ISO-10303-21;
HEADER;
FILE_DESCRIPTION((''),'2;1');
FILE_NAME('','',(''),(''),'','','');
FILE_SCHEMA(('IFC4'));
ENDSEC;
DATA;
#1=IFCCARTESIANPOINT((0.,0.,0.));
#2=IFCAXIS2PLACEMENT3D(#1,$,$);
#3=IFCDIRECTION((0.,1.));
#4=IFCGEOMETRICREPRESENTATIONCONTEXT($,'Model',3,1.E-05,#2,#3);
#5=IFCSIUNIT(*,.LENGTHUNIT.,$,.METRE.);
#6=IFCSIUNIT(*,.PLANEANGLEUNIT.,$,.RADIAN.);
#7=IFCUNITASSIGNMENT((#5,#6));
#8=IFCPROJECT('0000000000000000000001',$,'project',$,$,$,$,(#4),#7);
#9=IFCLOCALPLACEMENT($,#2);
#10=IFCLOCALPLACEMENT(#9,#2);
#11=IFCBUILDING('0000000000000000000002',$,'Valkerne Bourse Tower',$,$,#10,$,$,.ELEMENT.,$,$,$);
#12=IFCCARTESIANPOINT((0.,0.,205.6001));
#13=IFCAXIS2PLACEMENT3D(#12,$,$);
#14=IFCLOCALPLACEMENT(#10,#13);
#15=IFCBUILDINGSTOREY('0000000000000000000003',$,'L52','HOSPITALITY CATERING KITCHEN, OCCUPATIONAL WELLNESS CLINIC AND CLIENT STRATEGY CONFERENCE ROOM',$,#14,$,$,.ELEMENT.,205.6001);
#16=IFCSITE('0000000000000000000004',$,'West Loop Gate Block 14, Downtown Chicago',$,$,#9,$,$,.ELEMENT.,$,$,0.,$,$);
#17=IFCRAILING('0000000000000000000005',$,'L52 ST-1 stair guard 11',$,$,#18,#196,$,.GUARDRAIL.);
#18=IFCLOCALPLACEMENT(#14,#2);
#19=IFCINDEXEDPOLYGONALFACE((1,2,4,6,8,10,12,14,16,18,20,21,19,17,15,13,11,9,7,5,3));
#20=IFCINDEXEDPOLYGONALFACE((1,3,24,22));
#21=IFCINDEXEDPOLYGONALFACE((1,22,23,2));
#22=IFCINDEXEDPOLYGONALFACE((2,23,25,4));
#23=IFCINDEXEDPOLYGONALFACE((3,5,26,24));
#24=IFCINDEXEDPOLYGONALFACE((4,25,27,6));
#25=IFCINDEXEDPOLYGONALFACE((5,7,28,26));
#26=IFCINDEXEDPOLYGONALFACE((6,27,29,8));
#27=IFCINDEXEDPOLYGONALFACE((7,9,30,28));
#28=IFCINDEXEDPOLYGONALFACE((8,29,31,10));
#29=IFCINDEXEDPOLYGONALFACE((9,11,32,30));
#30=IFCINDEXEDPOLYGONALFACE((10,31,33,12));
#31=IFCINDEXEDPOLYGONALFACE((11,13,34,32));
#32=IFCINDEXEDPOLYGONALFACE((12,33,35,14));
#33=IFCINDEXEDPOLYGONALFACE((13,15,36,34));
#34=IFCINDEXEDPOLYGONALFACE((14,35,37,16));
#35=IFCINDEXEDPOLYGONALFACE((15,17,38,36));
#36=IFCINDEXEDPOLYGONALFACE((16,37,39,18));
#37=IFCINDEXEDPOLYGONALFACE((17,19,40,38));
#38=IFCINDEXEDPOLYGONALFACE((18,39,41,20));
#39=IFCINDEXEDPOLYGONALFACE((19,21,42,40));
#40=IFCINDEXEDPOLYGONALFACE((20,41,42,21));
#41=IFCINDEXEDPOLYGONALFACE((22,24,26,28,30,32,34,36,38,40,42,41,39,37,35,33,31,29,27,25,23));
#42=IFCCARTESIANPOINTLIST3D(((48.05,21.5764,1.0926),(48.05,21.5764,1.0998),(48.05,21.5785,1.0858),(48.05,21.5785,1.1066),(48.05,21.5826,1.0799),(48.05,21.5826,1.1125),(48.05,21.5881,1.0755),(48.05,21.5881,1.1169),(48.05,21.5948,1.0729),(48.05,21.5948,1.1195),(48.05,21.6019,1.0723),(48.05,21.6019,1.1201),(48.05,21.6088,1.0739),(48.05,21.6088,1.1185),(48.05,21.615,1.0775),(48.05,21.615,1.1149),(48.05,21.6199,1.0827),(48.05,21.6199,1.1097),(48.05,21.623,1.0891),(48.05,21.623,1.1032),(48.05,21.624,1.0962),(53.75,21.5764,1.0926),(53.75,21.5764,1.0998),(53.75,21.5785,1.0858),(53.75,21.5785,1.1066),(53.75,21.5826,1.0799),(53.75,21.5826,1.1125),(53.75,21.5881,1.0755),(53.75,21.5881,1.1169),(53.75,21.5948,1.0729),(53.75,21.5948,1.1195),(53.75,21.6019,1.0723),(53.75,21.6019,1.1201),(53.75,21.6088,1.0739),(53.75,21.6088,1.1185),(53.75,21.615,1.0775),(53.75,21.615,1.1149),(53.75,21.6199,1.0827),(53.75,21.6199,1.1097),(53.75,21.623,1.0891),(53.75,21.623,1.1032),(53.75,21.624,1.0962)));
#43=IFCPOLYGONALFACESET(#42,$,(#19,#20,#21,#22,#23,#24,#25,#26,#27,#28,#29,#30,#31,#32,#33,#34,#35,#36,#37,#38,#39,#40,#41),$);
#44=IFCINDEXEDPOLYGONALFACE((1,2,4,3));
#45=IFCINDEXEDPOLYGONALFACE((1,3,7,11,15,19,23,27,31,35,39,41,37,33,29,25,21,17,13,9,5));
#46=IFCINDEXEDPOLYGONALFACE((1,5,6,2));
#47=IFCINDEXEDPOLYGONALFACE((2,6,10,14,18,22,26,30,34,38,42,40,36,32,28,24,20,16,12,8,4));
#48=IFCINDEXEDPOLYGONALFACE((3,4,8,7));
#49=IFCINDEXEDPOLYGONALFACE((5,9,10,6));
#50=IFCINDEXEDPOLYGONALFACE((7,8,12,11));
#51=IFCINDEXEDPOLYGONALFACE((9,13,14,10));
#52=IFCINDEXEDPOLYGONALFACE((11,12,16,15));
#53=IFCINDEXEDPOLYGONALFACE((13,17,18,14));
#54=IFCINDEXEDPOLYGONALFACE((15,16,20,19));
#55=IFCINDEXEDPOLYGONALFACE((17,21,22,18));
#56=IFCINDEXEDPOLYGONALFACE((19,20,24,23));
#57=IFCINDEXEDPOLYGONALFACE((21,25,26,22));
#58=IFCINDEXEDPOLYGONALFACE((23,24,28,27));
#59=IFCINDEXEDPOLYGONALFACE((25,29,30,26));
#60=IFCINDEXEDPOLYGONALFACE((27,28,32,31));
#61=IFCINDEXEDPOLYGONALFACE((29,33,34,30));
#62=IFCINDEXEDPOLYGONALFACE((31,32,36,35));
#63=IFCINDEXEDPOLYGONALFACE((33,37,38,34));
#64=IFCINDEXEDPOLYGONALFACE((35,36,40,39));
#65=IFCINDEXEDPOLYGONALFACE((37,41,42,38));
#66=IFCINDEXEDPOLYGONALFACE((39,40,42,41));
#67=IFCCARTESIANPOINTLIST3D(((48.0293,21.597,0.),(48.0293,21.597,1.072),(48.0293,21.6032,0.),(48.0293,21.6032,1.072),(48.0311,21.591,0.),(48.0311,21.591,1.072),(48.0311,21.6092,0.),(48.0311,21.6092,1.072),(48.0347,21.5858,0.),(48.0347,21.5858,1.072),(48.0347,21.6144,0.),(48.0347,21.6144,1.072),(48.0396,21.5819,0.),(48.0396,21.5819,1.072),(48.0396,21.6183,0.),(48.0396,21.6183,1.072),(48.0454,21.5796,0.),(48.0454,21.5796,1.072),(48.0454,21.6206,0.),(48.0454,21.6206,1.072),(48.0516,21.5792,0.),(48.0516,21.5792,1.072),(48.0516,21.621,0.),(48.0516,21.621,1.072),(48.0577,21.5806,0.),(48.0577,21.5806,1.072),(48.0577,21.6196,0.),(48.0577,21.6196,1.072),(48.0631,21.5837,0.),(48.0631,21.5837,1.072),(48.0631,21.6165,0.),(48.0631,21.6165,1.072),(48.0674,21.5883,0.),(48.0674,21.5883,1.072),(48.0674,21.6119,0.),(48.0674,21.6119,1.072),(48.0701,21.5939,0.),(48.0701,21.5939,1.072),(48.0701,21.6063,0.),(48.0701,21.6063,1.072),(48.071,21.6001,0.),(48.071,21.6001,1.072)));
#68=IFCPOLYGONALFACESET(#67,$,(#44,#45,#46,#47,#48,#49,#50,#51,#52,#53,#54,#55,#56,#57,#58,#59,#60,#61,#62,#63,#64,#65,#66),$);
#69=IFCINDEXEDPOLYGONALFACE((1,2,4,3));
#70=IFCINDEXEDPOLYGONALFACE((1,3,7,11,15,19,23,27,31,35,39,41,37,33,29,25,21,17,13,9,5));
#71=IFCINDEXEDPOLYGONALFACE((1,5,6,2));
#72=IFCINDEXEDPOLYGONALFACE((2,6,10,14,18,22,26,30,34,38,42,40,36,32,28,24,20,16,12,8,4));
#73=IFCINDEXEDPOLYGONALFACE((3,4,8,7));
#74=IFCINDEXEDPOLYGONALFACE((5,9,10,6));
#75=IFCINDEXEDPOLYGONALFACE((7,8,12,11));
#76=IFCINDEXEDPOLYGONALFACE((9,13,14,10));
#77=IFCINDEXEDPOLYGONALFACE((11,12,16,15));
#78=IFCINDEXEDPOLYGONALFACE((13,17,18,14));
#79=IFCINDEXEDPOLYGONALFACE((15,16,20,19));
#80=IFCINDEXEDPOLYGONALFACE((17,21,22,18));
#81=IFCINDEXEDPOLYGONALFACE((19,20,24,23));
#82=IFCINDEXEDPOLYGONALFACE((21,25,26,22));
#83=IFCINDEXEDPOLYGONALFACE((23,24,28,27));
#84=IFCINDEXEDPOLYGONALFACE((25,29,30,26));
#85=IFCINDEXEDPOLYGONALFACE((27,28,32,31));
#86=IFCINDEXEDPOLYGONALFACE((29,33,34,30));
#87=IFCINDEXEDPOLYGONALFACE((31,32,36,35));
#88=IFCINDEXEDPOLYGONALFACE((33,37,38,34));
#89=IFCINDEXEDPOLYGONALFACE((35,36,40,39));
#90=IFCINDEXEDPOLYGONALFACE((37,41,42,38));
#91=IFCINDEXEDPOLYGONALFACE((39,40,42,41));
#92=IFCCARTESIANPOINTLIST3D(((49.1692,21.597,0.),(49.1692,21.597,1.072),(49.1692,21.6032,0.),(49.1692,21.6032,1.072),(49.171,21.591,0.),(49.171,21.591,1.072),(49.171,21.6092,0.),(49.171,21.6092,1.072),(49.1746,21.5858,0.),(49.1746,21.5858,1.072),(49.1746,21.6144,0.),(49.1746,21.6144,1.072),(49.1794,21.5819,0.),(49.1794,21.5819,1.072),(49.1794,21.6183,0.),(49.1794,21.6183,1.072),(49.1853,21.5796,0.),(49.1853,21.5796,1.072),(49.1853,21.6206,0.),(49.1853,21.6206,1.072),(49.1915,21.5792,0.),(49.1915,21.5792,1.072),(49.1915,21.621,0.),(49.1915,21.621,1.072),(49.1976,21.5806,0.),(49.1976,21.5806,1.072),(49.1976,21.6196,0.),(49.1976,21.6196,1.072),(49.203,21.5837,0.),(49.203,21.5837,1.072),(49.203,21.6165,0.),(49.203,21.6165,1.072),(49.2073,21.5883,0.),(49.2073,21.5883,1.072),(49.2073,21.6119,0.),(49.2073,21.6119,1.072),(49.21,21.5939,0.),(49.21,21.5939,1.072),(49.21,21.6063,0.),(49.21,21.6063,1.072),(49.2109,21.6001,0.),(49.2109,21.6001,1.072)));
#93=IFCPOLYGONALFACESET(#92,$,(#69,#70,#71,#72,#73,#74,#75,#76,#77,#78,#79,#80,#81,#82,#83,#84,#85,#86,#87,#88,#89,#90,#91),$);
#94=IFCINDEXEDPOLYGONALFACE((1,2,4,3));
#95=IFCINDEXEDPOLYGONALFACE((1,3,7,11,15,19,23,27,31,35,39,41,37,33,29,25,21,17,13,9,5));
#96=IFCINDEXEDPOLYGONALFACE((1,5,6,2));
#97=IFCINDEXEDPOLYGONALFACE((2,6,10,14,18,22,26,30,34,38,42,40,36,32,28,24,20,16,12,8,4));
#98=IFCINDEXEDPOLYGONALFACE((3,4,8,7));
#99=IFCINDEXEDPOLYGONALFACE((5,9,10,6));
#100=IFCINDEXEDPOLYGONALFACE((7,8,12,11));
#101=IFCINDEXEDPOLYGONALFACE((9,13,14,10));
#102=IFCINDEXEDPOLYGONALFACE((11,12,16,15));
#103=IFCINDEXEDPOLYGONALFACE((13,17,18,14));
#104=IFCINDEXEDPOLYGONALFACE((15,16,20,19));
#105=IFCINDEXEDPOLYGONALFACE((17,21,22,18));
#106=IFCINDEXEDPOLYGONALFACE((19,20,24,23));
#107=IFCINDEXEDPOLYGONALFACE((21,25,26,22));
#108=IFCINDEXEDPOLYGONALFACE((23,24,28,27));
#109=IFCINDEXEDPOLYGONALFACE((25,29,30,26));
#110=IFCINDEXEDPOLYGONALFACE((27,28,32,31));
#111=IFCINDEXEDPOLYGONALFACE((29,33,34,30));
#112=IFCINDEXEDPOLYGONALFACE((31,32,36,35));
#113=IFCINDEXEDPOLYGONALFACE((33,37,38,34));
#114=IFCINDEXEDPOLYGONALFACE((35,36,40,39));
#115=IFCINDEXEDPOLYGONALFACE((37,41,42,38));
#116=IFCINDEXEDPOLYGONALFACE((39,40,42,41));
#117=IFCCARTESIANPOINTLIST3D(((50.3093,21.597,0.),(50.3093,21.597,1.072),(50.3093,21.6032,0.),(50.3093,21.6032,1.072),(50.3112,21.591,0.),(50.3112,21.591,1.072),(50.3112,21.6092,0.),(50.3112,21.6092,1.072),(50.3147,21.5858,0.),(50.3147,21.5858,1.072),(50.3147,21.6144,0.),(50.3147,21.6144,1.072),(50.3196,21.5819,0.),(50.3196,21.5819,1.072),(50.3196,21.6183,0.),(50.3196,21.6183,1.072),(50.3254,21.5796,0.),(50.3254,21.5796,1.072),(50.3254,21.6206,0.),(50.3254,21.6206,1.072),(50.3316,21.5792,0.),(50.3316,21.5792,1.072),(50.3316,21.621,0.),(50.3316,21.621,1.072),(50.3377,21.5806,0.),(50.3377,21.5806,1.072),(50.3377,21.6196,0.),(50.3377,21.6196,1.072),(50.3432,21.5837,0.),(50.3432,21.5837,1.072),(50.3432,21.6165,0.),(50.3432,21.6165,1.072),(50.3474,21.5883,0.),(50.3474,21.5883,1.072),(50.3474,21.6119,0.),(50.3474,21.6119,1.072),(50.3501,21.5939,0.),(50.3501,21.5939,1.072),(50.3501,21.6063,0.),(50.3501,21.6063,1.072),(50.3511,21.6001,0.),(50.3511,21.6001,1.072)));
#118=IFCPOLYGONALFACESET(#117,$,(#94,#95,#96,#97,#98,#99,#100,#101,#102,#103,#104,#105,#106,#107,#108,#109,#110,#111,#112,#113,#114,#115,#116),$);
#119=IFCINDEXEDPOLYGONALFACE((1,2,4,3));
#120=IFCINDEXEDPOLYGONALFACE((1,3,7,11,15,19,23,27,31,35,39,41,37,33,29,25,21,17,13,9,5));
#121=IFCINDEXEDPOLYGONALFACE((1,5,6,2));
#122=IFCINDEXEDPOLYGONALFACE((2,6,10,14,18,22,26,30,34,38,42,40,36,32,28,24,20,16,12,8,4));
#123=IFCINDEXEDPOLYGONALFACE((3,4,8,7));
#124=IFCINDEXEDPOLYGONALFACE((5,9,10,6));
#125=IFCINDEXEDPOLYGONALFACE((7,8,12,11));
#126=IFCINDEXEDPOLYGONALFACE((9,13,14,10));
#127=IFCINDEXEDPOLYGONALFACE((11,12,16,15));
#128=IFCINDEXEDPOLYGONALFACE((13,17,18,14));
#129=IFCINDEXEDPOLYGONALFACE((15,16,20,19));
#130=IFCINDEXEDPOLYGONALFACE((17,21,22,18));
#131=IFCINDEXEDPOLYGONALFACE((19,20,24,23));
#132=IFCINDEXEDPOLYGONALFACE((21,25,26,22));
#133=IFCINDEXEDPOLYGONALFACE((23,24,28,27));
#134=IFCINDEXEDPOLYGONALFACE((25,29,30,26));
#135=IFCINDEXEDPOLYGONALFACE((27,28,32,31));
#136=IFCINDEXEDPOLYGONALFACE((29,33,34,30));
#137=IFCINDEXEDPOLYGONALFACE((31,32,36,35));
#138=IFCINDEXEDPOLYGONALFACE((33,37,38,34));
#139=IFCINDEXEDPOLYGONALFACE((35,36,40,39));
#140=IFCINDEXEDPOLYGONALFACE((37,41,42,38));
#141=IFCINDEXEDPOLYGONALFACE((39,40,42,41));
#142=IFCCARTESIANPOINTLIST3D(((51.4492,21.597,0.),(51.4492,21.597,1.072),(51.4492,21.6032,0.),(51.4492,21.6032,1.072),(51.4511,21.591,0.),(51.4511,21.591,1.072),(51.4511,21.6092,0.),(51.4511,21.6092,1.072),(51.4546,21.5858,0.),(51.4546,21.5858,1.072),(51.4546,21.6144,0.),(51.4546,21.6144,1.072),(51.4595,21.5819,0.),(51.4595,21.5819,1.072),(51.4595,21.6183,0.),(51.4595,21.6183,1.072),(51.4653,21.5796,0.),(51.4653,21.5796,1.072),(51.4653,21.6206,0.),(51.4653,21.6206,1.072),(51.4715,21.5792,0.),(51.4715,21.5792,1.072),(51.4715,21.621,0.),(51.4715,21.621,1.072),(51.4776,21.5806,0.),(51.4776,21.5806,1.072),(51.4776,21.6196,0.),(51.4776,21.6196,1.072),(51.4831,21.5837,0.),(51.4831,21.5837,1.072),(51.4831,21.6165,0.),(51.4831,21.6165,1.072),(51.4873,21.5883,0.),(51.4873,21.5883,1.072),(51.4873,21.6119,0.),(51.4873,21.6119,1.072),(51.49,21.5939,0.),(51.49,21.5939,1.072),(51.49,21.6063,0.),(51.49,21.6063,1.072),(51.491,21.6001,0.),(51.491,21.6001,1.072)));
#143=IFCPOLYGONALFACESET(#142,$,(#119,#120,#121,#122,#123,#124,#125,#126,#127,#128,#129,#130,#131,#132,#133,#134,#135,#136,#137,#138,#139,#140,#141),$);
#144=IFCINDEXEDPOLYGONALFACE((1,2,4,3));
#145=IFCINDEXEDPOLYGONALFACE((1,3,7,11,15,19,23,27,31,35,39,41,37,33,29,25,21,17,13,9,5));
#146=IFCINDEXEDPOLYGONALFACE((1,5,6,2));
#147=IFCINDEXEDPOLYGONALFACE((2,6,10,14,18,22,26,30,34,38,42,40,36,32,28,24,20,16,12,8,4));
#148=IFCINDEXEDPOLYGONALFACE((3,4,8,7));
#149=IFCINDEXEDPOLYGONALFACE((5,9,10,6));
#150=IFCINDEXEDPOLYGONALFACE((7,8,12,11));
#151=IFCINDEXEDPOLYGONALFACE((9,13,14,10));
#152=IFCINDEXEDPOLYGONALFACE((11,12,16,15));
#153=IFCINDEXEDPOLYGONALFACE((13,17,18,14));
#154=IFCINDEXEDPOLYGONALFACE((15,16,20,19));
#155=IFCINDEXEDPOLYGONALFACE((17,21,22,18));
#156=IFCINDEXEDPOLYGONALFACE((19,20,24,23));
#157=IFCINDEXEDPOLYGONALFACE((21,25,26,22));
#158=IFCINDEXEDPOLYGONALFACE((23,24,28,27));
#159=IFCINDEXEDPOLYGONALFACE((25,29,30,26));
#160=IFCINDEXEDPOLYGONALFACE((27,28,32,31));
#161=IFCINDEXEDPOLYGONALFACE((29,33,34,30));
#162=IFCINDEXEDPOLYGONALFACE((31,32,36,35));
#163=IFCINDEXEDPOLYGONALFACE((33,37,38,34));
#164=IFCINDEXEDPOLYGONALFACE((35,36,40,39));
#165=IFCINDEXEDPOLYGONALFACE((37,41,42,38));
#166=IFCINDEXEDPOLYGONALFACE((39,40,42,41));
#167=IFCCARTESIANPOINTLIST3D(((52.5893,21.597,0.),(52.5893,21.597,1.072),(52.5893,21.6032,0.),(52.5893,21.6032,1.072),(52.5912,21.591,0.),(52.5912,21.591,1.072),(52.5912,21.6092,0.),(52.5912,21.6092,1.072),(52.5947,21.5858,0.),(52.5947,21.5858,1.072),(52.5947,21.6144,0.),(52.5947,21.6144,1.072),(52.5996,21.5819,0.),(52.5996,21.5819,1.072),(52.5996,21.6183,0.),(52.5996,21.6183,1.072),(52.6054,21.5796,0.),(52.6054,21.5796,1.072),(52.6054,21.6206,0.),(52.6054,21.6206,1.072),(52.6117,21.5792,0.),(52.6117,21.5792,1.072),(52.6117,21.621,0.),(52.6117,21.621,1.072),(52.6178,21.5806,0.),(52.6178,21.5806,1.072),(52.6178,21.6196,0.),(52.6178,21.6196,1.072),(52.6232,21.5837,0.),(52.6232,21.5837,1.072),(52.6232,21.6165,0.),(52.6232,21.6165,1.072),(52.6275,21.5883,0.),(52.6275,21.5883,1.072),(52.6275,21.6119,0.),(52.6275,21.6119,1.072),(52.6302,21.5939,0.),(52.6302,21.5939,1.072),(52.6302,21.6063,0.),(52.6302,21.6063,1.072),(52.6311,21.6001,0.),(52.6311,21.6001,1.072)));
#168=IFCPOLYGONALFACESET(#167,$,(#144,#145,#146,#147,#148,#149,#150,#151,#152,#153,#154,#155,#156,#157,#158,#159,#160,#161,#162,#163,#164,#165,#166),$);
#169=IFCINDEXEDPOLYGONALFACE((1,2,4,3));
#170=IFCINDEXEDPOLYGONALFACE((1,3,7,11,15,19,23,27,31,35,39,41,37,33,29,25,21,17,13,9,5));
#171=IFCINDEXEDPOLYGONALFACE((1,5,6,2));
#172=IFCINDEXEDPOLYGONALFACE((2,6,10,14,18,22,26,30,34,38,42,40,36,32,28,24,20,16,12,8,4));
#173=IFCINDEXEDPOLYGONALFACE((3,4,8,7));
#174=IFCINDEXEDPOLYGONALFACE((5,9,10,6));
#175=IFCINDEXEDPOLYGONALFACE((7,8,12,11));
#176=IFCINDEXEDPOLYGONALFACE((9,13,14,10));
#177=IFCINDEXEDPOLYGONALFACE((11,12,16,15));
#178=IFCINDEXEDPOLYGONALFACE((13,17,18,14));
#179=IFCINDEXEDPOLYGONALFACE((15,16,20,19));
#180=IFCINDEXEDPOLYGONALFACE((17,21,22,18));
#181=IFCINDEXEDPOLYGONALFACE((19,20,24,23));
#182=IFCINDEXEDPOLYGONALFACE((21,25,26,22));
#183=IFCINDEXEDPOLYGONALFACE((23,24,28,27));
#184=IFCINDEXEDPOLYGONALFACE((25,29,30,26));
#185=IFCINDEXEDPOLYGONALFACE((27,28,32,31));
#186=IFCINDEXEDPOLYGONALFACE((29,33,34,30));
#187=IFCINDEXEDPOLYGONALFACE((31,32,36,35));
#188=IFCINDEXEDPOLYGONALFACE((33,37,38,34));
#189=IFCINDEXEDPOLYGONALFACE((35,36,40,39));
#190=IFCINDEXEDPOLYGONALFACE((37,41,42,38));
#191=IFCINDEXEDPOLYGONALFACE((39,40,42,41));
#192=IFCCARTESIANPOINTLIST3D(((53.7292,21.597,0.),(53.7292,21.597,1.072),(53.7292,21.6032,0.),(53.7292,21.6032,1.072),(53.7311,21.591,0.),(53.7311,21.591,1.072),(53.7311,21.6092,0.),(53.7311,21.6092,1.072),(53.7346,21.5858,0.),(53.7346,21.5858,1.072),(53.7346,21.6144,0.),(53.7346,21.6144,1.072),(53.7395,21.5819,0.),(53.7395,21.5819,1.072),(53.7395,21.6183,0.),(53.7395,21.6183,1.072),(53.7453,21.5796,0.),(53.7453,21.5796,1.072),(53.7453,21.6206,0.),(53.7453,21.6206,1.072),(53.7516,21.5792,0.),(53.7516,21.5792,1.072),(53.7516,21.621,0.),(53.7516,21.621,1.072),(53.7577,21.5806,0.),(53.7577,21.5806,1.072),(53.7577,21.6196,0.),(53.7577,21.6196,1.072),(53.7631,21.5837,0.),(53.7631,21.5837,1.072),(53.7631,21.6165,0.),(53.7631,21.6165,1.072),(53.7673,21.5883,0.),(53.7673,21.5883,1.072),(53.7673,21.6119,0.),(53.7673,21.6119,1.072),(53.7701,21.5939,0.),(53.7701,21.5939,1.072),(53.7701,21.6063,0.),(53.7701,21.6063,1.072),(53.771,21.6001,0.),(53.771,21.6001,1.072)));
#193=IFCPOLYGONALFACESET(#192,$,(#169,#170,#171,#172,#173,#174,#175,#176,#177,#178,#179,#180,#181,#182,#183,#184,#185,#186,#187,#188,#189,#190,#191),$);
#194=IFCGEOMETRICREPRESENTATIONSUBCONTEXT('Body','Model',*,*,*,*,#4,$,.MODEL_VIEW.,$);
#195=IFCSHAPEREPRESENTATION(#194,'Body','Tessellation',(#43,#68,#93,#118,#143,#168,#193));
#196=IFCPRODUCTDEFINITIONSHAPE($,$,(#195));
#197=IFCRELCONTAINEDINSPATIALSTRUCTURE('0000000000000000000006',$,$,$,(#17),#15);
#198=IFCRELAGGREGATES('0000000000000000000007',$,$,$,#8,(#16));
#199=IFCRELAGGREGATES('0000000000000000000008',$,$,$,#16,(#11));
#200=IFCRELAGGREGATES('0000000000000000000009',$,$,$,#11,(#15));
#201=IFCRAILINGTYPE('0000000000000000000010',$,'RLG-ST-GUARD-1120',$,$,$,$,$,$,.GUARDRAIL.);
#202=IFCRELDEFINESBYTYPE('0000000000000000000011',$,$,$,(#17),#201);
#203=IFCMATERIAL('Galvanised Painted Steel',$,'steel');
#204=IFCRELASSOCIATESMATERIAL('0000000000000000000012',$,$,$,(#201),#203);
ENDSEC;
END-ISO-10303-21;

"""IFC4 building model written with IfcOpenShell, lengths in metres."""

from ifc_helpers import new_model, si_unit, direction, frame, origin, origin_2d, place, context, subcontext, project, spatial, circle, extrude, material, type_object, element, save


model = new_model("IFC4")

# Units and contexts
model_context = context("Model", 3, precision=1e-05, world=origin(), true_north=direction((0.0, 1.0)))
body_context = subcontext(model_context, "Body", "Model", "MODEL_VIEW")
ifc_project = project(units=[si_unit("LENGTHUNIT", "METRE"), si_unit("PLANEANGLEUNIT", "RADIAN")], contexts=[model_context])

# Site, building, storey
site_placement = place(None, origin())
site = spatial("IfcSite", under=ifc_project, at=site_placement, Name="West Loop Gate Block 14, Downtown Chicago", CompositionType="ELEMENT", RefElevation=0.0)
building_placement = place(site_placement, origin())
building = spatial("IfcBuilding", under=site, at=building_placement, Name="Valkerne Bourse Tower", CompositionType="ELEMENT")
storey_placement = place(building_placement, frame((0.0, 0.0, 205.6001)))
storey = spatial("IfcBuildingStorey", under=building, at=storey_placement, Name="L52", Description="HOSPITALITY CATERING KITCHEN, OCCUPATIONAL WELLNESS CLINIC AND CLIENT STRATEGY CONFERENCE ROOM", CompositionType="ELEMENT", Elevation=205.6001)

# Shared definitions
ifc_material_1 = material(Name="Galvanised Painted Steel", Category="steel")

# Railing
railing_type_1 = type_object("IfcRailingType", Name="RLG-ST-GUARD-1120", PredefinedType="GUARDRAIL", material=ifc_material_1)
for number, where, name in (
    (1, (48.05, 21.6001, 0.0), "L52 ST-1 stair guard 11"),
):
    element("IfcRailing", number, at=place(storey_placement, frame(where)), inside=storey, type_object=railing_type_1, Name=name, PredefinedType="GUARDRAIL", context=body_context, shape_type="SweptSolid", body=[
        extrude(circle(Radius=0.0239, at=origin_2d()), frame((0.0, 0.0, 1.0962), z_axis=(1.0, 0.0, 0.0), x_axis=(0.0, 1.0, 0.0)), (0.0, 0.0, 1.0), 5.7),
        extrude(circle(Radius=0.021, at=origin_2d()), origin(), (0.0, 0.0, 1.0), 1.072),
        extrude(circle(Radius=0.021, at=origin_2d()), frame((1.1399, 0.0, 0.0)), (0.0, 0.0, 1.0), 1.072),
        extrude(circle(Radius=0.021, at=origin_2d()), frame((2.28, 0.0, 0.0)), (0.0, 0.0, 1.0), 1.072),
        extrude(circle(Radius=0.021, at=origin_2d()), frame((3.4199, 0.0, 0.0)), (0.0, 0.0, 1.0), 1.072),
        extrude(circle(Radius=0.021, at=origin_2d()), frame((4.5601, 0.0, 0.0)), (0.0, 0.0, 1.0), 1.072),
        extrude(circle(Radius=0.021, at=origin_2d()), frame((5.7, 0.0, 0.0)), (0.0, 0.0, 1.0), 1.072),
    ])

save(model, "model.ifc")
